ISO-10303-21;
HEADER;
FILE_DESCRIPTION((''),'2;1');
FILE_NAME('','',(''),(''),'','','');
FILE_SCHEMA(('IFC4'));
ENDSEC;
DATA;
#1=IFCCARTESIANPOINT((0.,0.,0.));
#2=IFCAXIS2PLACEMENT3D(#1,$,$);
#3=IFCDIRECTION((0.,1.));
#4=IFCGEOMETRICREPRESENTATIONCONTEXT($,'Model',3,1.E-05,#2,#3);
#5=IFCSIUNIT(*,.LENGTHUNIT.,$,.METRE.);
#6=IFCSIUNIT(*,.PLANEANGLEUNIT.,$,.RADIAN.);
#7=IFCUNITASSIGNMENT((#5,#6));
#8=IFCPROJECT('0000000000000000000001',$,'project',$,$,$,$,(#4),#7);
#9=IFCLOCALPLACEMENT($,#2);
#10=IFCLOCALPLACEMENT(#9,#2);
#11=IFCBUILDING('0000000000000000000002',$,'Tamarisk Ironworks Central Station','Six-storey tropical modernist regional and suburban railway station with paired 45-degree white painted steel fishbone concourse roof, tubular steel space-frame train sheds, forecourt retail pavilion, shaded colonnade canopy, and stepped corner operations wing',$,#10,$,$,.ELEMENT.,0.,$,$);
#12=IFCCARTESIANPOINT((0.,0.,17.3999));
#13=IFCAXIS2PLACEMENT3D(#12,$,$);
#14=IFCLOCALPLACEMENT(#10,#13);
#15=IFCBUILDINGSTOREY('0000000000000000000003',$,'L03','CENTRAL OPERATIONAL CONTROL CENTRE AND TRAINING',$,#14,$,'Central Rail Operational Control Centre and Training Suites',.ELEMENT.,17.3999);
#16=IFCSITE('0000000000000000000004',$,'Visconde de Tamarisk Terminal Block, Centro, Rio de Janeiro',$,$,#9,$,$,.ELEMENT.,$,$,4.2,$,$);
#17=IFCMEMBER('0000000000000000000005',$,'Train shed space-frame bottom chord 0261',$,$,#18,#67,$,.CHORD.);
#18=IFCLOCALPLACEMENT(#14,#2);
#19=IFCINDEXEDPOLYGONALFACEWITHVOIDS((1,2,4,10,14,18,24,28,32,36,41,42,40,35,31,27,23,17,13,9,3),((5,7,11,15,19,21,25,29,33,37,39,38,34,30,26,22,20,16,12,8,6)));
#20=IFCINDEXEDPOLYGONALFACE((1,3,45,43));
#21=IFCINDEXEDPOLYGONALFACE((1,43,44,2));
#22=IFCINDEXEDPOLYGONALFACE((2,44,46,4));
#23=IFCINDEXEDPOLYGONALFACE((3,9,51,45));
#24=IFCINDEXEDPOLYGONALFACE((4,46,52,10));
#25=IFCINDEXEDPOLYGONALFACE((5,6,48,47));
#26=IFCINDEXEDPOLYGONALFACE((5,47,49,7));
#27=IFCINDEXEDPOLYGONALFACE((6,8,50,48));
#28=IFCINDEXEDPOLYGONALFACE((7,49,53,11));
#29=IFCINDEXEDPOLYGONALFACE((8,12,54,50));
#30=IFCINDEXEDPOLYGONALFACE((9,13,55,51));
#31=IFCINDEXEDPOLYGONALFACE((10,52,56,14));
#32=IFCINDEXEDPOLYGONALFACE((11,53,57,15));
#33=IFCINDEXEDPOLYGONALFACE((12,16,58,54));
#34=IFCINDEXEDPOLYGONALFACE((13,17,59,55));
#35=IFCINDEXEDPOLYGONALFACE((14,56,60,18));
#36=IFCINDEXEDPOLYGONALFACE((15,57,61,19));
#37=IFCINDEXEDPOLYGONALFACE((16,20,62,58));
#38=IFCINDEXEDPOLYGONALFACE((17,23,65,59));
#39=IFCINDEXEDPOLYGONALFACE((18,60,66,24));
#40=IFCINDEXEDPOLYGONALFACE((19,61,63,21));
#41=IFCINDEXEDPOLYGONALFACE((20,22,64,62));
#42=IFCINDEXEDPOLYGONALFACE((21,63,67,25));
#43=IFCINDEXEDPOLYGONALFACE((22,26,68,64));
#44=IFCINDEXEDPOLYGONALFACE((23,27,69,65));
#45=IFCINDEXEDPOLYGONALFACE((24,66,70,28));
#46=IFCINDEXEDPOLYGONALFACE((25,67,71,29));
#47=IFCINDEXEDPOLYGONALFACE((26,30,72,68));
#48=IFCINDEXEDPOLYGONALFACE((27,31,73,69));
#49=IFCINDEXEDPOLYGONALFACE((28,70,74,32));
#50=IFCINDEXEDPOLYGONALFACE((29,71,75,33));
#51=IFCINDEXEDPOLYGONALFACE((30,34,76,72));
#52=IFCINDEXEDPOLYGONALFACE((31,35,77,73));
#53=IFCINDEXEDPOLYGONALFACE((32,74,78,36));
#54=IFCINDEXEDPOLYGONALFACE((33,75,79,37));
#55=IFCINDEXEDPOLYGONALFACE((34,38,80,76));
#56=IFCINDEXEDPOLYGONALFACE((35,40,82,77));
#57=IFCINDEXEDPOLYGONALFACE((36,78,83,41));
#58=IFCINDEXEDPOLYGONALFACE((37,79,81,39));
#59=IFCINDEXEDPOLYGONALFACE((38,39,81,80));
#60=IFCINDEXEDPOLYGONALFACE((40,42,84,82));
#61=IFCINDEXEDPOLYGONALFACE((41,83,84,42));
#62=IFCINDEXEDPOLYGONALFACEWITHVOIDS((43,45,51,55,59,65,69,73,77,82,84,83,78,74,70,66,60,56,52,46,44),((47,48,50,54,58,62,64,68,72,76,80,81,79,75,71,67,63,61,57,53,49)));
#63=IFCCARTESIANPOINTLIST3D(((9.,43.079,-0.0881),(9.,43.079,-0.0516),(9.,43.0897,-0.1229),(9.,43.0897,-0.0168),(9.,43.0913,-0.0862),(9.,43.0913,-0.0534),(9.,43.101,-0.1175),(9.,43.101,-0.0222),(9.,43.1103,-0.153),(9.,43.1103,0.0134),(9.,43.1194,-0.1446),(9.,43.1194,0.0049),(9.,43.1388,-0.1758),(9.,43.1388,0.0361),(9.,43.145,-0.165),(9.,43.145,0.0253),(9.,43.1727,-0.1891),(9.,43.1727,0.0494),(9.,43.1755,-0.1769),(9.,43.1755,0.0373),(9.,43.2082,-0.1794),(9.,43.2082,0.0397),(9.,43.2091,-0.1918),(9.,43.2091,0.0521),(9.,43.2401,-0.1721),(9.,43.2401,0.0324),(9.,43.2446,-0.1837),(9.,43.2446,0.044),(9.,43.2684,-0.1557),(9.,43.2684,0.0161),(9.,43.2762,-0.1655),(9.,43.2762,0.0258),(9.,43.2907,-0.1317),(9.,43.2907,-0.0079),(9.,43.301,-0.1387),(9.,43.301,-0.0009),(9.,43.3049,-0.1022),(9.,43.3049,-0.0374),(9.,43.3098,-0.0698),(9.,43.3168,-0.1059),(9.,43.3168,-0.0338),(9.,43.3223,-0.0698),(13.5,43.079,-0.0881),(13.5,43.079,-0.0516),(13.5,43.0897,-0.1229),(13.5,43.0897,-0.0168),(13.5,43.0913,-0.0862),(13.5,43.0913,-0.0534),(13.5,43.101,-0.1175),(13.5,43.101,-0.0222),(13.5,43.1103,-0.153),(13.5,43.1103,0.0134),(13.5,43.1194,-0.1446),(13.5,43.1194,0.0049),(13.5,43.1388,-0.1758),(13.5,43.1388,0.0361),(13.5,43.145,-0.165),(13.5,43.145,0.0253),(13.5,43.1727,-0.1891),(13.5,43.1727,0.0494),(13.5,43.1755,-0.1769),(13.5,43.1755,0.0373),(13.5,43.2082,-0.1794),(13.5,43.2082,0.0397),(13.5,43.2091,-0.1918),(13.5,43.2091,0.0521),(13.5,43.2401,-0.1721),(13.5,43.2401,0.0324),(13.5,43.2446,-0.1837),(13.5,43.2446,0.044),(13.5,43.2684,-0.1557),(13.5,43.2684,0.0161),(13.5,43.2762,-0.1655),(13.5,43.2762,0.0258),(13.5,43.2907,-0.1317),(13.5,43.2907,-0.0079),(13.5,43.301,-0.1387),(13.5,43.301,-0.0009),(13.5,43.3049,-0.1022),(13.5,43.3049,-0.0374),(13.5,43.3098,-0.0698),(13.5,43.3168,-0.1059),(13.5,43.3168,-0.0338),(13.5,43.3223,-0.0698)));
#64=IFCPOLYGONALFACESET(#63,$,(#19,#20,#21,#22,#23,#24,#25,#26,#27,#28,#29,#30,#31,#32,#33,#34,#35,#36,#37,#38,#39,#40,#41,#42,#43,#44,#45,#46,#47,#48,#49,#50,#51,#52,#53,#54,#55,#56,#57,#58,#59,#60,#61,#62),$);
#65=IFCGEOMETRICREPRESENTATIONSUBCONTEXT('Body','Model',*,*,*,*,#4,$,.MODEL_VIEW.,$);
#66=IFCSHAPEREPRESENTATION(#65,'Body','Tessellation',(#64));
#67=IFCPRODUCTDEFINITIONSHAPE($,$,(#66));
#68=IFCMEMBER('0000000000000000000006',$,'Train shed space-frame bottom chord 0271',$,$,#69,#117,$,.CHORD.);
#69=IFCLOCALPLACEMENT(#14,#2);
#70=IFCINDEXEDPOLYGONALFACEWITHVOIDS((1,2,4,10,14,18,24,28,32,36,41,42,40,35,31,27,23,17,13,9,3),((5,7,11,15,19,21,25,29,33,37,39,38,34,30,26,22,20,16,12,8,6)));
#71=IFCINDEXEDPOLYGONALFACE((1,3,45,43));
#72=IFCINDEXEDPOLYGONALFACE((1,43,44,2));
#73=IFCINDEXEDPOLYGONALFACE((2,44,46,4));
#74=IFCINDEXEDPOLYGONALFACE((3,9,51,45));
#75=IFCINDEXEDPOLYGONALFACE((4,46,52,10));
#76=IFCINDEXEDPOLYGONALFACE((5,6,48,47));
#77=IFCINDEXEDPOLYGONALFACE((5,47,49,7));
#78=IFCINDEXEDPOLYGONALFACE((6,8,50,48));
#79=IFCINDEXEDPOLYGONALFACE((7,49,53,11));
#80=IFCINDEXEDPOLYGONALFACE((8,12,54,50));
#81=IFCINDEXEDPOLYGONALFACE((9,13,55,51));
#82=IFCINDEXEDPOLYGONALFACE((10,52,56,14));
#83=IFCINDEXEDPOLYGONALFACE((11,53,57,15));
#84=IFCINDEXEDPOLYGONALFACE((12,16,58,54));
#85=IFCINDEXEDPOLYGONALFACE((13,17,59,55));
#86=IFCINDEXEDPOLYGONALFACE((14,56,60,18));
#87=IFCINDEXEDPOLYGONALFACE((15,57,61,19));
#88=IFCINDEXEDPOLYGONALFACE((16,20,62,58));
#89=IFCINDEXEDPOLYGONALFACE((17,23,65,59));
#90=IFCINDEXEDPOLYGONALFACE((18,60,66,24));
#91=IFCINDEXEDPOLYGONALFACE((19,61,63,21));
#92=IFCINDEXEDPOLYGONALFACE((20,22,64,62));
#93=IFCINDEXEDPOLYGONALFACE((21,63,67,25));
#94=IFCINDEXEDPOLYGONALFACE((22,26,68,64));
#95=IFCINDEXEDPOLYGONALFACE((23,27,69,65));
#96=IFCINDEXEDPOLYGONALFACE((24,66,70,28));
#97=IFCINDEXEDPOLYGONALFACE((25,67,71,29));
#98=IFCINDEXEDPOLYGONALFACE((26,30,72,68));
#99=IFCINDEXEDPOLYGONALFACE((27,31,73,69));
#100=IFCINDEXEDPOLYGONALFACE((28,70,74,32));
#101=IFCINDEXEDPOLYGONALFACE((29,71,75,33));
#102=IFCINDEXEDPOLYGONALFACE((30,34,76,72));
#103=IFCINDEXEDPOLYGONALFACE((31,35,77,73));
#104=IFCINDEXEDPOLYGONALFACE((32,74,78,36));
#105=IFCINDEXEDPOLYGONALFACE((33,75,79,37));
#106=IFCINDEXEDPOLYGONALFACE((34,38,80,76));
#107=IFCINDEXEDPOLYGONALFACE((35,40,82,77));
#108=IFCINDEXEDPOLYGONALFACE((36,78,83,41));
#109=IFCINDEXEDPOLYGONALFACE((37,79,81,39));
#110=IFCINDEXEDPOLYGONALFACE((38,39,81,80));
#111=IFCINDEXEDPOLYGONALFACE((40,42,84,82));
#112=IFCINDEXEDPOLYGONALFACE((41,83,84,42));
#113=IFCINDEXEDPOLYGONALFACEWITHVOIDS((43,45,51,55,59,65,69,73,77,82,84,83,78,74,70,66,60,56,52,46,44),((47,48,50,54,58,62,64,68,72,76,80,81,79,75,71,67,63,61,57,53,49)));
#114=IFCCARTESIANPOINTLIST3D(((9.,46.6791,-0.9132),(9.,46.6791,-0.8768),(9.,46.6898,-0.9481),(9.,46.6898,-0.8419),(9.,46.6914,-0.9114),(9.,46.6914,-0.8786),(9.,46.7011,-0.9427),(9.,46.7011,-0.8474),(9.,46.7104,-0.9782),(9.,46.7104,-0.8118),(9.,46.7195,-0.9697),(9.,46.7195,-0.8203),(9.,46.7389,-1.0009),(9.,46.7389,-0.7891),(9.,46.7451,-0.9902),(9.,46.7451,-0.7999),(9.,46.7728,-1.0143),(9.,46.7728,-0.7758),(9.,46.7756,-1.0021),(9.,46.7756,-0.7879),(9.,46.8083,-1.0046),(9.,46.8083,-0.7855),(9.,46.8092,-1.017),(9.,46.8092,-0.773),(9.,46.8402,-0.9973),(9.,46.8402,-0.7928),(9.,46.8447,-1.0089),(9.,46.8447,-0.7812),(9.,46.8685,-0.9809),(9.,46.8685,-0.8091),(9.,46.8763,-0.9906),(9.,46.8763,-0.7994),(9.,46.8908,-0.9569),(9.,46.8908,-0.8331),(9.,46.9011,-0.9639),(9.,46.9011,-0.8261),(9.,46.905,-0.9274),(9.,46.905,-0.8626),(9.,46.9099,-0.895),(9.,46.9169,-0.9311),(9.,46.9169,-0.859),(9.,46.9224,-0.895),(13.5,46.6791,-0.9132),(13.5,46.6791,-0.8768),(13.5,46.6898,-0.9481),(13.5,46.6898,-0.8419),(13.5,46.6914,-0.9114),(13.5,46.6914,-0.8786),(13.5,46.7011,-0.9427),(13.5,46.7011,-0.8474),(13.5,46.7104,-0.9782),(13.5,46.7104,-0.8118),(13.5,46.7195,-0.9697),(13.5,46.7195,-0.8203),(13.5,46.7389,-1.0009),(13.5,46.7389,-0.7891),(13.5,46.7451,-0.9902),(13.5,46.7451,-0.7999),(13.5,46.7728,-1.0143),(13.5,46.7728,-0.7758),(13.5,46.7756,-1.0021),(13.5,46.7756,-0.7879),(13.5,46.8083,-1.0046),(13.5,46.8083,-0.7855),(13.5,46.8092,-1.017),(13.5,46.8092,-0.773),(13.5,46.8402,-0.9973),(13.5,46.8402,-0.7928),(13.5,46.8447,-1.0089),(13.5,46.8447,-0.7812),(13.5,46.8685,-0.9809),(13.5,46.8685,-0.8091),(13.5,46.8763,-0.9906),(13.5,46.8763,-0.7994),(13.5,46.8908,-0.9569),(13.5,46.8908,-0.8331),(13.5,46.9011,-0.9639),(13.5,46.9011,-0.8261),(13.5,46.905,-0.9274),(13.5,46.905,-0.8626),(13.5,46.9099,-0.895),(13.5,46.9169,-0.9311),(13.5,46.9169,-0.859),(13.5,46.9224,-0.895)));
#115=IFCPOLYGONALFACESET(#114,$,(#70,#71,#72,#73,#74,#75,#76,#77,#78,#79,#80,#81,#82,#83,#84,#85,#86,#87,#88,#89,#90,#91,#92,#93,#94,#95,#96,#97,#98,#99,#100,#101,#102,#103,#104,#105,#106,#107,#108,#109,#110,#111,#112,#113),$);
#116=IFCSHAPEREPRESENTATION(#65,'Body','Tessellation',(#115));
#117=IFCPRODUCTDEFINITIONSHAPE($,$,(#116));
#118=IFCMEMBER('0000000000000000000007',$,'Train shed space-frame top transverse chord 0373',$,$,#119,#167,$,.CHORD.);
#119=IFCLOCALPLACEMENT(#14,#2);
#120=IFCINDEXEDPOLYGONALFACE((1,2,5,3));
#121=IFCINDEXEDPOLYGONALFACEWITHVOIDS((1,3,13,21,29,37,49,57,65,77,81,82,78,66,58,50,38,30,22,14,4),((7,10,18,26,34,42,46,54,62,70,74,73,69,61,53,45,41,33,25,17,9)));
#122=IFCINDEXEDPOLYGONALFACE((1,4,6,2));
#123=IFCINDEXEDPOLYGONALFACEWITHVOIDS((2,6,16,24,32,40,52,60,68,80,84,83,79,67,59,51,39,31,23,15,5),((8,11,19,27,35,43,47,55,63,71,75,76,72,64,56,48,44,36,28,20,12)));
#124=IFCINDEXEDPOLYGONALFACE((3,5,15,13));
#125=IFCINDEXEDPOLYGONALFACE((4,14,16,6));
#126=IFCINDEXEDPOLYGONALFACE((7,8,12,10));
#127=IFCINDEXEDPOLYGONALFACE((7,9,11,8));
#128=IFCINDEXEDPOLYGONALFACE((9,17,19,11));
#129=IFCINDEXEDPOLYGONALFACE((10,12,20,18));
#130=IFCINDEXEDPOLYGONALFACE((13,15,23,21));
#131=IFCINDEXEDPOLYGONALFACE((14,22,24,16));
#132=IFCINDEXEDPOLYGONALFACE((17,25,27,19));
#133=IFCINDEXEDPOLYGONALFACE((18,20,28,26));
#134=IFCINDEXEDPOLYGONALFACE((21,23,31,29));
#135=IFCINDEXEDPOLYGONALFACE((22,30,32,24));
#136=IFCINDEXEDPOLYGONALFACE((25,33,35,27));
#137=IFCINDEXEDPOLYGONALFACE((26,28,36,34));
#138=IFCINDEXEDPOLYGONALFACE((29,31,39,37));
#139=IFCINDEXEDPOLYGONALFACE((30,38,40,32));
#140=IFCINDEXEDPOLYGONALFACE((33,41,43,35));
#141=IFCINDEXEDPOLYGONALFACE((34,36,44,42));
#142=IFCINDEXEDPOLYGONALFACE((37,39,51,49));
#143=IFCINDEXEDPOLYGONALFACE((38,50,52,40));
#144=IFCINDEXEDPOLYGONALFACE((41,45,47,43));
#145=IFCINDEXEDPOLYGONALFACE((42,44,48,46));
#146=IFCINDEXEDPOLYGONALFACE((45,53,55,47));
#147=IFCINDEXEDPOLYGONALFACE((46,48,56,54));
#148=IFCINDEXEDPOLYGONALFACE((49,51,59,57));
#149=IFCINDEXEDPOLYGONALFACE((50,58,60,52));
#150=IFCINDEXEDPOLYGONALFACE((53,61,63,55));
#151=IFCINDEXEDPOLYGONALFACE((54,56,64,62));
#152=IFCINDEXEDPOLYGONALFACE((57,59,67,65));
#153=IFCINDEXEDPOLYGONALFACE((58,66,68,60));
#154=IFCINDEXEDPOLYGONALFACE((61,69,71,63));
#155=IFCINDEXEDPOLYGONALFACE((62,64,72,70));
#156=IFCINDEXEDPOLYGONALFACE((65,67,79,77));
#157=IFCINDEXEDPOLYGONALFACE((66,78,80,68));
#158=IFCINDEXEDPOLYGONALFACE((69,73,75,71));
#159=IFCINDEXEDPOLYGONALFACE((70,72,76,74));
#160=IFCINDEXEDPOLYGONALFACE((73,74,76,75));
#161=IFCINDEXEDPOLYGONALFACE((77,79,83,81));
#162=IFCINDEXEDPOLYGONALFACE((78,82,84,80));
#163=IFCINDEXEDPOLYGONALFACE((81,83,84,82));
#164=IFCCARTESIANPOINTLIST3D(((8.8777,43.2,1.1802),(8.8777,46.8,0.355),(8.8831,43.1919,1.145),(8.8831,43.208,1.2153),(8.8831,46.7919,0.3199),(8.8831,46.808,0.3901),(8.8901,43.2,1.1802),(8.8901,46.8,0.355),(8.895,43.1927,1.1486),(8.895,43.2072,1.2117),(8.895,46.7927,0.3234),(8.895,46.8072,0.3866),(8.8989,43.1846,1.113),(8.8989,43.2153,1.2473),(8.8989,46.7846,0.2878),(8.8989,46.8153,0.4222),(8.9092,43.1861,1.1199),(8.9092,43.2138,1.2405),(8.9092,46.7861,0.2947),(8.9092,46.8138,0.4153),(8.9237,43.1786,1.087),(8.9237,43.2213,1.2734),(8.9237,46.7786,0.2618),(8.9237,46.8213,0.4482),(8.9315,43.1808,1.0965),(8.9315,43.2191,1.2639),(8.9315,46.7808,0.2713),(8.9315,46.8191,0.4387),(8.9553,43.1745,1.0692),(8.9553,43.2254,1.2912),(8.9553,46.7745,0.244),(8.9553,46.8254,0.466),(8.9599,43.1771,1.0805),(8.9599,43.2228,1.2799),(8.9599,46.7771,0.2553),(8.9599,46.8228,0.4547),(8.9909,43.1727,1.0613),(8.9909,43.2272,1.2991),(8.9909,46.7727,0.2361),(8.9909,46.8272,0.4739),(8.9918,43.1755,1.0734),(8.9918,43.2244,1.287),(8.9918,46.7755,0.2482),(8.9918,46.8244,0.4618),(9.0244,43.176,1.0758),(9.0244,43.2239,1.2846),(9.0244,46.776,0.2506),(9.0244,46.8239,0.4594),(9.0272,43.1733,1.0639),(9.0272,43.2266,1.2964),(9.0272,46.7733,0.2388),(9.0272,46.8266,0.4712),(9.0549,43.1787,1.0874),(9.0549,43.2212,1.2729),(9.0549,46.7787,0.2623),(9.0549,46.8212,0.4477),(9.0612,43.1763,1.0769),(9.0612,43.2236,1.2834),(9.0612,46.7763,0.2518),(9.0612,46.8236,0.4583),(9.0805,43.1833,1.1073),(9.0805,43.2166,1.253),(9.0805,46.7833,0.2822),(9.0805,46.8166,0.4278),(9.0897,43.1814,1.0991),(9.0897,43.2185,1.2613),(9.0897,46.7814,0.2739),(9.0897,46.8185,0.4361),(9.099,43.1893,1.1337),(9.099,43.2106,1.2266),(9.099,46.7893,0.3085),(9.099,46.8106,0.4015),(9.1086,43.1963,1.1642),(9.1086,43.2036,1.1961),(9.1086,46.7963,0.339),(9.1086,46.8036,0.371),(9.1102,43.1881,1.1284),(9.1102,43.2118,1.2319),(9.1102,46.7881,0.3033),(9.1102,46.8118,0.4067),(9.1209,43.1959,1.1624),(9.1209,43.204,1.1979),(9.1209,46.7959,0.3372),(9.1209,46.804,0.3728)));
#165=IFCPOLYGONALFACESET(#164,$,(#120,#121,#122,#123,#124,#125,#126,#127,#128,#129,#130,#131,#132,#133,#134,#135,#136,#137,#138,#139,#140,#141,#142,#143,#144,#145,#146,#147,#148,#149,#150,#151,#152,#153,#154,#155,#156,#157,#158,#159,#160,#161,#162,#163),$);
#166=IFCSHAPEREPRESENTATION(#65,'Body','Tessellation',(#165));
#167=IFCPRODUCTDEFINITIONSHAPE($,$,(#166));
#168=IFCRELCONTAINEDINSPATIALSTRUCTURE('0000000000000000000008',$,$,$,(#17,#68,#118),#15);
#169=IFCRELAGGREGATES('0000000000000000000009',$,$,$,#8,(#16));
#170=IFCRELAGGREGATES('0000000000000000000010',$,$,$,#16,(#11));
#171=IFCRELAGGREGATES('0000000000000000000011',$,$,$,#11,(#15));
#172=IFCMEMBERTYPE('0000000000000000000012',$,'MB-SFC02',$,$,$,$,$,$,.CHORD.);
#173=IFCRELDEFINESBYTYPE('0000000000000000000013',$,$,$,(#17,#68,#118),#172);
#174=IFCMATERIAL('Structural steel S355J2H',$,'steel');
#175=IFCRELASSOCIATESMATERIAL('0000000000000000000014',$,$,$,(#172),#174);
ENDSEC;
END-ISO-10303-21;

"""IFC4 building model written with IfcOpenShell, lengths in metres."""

from ifc_helpers import new_model, si_unit, direction, frame, origin, origin_2d, place, context, subcontext, project, spatial, hollow_circle, extrude, material, material_profile, profile_set, type_object, element, save


model = new_model("IFC4")

# Units and contexts
model_context = context("Model", 3, precision=1e-05, world=origin(), true_north=direction((0.0, 1.0)))
body_context = subcontext(model_context, "Body", "Model", "MODEL_VIEW")
ifc_project = project(units=[si_unit("LENGTHUNIT", "METRE"), si_unit("PLANEANGLEUNIT", "RADIAN")], contexts=[model_context])

# Site, building, storey
site_placement = place(None, origin())
site = spatial("IfcSite", under=ifc_project, at=site_placement, Name="Visconde de Tamarisk Terminal Block, Centro, Rio de Janeiro", CompositionType="ELEMENT", RefElevation=4.2)
building_placement = place(site_placement, origin())
building = spatial("IfcBuilding", under=site, at=building_placement, Name="Tamarisk Ironworks Central Station", Description="Six-storey tropical modernist regional and suburban railway station with paired 45-degree white painted steel fishbone concourse roof, tubular steel space-frame train sheds, forecourt retail pavilion, shaded colonnade canopy, and stepped corner operations wing", CompositionType="ELEMENT", ElevationOfRefHeight=0.0)
storey_placement = place(building_placement, frame((0.0, 0.0, 17.3999)))
storey = spatial("IfcBuildingStorey", under=building, at=storey_placement, Name="L03", Description="CENTRAL OPERATIONAL CONTROL CENTRE AND TRAINING", LongName="Central Rail Operational Control Centre and Training Suites", CompositionType="ELEMENT", Elevation=17.3999)

# Members
ifc_material_1 = material(Name="Structural steel S355J2H", Category="steel")
ifc_material_profile_1 = material_profile(ifc_material_1, hollow_circle(Radius=0.1223, WallThickness=0.0125, at=origin_2d()), Name="CHS 244.5x12.5")
ifc_profile_set_1 = profile_set([ifc_material_profile_1], Name="Structural steel S355J2H")
member_type_1 = type_object("IfcMemberType", Name="MB-SFC02", PredefinedType="CHORD", material=ifc_profile_set_1)
for number, where, z_axis, x_axis, name in (
    (1, (9.0, 43.2, -0.0698), (1.0, 0.0, 0.0), (0.0, 1.0, 0.0), "Train shed space-frame bottom chord 0261"),
    (2, (9.0, 46.8, -0.895), (1.0, 0.0, 0.0), (0.0, 1.0, 0.0), "Train shed space-frame bottom chord 0271"),
):
    element("IfcMember", number, at=place(storey_placement, frame(where, z_axis=z_axis, x_axis=x_axis)), inside=storey, type_object=member_type_1, Name=name, PredefinedType="CHORD", context=body_context, shape_type="SweptSolid", body=[
        extrude(hollow_circle(Radius=0.1223, WallThickness=0.0125, at=origin_2d()), origin(), (0.0, 0.0, 1.0), 4.5),
    ])
member_1_placement = place(storey_placement, frame((9.0, 43.2, 1.1802), z_axis=(0.0, 0.974722, -0.223421), x_axis=(-1.0, 0.0, 0.0)))
element("IfcMember", 3, at=member_1_placement, inside=storey, type_object=member_type_1, Name="Train shed space-frame top transverse chord 0373", PredefinedType="CHORD", context=body_context, shape_type="SweptSolid", body=[
    extrude(hollow_circle(Radius=0.1223, WallThickness=0.0125, at=origin_2d()), origin(), (0.0, 0.0, 1.0), 3.6934),
])

save(model, "model.ifc")
